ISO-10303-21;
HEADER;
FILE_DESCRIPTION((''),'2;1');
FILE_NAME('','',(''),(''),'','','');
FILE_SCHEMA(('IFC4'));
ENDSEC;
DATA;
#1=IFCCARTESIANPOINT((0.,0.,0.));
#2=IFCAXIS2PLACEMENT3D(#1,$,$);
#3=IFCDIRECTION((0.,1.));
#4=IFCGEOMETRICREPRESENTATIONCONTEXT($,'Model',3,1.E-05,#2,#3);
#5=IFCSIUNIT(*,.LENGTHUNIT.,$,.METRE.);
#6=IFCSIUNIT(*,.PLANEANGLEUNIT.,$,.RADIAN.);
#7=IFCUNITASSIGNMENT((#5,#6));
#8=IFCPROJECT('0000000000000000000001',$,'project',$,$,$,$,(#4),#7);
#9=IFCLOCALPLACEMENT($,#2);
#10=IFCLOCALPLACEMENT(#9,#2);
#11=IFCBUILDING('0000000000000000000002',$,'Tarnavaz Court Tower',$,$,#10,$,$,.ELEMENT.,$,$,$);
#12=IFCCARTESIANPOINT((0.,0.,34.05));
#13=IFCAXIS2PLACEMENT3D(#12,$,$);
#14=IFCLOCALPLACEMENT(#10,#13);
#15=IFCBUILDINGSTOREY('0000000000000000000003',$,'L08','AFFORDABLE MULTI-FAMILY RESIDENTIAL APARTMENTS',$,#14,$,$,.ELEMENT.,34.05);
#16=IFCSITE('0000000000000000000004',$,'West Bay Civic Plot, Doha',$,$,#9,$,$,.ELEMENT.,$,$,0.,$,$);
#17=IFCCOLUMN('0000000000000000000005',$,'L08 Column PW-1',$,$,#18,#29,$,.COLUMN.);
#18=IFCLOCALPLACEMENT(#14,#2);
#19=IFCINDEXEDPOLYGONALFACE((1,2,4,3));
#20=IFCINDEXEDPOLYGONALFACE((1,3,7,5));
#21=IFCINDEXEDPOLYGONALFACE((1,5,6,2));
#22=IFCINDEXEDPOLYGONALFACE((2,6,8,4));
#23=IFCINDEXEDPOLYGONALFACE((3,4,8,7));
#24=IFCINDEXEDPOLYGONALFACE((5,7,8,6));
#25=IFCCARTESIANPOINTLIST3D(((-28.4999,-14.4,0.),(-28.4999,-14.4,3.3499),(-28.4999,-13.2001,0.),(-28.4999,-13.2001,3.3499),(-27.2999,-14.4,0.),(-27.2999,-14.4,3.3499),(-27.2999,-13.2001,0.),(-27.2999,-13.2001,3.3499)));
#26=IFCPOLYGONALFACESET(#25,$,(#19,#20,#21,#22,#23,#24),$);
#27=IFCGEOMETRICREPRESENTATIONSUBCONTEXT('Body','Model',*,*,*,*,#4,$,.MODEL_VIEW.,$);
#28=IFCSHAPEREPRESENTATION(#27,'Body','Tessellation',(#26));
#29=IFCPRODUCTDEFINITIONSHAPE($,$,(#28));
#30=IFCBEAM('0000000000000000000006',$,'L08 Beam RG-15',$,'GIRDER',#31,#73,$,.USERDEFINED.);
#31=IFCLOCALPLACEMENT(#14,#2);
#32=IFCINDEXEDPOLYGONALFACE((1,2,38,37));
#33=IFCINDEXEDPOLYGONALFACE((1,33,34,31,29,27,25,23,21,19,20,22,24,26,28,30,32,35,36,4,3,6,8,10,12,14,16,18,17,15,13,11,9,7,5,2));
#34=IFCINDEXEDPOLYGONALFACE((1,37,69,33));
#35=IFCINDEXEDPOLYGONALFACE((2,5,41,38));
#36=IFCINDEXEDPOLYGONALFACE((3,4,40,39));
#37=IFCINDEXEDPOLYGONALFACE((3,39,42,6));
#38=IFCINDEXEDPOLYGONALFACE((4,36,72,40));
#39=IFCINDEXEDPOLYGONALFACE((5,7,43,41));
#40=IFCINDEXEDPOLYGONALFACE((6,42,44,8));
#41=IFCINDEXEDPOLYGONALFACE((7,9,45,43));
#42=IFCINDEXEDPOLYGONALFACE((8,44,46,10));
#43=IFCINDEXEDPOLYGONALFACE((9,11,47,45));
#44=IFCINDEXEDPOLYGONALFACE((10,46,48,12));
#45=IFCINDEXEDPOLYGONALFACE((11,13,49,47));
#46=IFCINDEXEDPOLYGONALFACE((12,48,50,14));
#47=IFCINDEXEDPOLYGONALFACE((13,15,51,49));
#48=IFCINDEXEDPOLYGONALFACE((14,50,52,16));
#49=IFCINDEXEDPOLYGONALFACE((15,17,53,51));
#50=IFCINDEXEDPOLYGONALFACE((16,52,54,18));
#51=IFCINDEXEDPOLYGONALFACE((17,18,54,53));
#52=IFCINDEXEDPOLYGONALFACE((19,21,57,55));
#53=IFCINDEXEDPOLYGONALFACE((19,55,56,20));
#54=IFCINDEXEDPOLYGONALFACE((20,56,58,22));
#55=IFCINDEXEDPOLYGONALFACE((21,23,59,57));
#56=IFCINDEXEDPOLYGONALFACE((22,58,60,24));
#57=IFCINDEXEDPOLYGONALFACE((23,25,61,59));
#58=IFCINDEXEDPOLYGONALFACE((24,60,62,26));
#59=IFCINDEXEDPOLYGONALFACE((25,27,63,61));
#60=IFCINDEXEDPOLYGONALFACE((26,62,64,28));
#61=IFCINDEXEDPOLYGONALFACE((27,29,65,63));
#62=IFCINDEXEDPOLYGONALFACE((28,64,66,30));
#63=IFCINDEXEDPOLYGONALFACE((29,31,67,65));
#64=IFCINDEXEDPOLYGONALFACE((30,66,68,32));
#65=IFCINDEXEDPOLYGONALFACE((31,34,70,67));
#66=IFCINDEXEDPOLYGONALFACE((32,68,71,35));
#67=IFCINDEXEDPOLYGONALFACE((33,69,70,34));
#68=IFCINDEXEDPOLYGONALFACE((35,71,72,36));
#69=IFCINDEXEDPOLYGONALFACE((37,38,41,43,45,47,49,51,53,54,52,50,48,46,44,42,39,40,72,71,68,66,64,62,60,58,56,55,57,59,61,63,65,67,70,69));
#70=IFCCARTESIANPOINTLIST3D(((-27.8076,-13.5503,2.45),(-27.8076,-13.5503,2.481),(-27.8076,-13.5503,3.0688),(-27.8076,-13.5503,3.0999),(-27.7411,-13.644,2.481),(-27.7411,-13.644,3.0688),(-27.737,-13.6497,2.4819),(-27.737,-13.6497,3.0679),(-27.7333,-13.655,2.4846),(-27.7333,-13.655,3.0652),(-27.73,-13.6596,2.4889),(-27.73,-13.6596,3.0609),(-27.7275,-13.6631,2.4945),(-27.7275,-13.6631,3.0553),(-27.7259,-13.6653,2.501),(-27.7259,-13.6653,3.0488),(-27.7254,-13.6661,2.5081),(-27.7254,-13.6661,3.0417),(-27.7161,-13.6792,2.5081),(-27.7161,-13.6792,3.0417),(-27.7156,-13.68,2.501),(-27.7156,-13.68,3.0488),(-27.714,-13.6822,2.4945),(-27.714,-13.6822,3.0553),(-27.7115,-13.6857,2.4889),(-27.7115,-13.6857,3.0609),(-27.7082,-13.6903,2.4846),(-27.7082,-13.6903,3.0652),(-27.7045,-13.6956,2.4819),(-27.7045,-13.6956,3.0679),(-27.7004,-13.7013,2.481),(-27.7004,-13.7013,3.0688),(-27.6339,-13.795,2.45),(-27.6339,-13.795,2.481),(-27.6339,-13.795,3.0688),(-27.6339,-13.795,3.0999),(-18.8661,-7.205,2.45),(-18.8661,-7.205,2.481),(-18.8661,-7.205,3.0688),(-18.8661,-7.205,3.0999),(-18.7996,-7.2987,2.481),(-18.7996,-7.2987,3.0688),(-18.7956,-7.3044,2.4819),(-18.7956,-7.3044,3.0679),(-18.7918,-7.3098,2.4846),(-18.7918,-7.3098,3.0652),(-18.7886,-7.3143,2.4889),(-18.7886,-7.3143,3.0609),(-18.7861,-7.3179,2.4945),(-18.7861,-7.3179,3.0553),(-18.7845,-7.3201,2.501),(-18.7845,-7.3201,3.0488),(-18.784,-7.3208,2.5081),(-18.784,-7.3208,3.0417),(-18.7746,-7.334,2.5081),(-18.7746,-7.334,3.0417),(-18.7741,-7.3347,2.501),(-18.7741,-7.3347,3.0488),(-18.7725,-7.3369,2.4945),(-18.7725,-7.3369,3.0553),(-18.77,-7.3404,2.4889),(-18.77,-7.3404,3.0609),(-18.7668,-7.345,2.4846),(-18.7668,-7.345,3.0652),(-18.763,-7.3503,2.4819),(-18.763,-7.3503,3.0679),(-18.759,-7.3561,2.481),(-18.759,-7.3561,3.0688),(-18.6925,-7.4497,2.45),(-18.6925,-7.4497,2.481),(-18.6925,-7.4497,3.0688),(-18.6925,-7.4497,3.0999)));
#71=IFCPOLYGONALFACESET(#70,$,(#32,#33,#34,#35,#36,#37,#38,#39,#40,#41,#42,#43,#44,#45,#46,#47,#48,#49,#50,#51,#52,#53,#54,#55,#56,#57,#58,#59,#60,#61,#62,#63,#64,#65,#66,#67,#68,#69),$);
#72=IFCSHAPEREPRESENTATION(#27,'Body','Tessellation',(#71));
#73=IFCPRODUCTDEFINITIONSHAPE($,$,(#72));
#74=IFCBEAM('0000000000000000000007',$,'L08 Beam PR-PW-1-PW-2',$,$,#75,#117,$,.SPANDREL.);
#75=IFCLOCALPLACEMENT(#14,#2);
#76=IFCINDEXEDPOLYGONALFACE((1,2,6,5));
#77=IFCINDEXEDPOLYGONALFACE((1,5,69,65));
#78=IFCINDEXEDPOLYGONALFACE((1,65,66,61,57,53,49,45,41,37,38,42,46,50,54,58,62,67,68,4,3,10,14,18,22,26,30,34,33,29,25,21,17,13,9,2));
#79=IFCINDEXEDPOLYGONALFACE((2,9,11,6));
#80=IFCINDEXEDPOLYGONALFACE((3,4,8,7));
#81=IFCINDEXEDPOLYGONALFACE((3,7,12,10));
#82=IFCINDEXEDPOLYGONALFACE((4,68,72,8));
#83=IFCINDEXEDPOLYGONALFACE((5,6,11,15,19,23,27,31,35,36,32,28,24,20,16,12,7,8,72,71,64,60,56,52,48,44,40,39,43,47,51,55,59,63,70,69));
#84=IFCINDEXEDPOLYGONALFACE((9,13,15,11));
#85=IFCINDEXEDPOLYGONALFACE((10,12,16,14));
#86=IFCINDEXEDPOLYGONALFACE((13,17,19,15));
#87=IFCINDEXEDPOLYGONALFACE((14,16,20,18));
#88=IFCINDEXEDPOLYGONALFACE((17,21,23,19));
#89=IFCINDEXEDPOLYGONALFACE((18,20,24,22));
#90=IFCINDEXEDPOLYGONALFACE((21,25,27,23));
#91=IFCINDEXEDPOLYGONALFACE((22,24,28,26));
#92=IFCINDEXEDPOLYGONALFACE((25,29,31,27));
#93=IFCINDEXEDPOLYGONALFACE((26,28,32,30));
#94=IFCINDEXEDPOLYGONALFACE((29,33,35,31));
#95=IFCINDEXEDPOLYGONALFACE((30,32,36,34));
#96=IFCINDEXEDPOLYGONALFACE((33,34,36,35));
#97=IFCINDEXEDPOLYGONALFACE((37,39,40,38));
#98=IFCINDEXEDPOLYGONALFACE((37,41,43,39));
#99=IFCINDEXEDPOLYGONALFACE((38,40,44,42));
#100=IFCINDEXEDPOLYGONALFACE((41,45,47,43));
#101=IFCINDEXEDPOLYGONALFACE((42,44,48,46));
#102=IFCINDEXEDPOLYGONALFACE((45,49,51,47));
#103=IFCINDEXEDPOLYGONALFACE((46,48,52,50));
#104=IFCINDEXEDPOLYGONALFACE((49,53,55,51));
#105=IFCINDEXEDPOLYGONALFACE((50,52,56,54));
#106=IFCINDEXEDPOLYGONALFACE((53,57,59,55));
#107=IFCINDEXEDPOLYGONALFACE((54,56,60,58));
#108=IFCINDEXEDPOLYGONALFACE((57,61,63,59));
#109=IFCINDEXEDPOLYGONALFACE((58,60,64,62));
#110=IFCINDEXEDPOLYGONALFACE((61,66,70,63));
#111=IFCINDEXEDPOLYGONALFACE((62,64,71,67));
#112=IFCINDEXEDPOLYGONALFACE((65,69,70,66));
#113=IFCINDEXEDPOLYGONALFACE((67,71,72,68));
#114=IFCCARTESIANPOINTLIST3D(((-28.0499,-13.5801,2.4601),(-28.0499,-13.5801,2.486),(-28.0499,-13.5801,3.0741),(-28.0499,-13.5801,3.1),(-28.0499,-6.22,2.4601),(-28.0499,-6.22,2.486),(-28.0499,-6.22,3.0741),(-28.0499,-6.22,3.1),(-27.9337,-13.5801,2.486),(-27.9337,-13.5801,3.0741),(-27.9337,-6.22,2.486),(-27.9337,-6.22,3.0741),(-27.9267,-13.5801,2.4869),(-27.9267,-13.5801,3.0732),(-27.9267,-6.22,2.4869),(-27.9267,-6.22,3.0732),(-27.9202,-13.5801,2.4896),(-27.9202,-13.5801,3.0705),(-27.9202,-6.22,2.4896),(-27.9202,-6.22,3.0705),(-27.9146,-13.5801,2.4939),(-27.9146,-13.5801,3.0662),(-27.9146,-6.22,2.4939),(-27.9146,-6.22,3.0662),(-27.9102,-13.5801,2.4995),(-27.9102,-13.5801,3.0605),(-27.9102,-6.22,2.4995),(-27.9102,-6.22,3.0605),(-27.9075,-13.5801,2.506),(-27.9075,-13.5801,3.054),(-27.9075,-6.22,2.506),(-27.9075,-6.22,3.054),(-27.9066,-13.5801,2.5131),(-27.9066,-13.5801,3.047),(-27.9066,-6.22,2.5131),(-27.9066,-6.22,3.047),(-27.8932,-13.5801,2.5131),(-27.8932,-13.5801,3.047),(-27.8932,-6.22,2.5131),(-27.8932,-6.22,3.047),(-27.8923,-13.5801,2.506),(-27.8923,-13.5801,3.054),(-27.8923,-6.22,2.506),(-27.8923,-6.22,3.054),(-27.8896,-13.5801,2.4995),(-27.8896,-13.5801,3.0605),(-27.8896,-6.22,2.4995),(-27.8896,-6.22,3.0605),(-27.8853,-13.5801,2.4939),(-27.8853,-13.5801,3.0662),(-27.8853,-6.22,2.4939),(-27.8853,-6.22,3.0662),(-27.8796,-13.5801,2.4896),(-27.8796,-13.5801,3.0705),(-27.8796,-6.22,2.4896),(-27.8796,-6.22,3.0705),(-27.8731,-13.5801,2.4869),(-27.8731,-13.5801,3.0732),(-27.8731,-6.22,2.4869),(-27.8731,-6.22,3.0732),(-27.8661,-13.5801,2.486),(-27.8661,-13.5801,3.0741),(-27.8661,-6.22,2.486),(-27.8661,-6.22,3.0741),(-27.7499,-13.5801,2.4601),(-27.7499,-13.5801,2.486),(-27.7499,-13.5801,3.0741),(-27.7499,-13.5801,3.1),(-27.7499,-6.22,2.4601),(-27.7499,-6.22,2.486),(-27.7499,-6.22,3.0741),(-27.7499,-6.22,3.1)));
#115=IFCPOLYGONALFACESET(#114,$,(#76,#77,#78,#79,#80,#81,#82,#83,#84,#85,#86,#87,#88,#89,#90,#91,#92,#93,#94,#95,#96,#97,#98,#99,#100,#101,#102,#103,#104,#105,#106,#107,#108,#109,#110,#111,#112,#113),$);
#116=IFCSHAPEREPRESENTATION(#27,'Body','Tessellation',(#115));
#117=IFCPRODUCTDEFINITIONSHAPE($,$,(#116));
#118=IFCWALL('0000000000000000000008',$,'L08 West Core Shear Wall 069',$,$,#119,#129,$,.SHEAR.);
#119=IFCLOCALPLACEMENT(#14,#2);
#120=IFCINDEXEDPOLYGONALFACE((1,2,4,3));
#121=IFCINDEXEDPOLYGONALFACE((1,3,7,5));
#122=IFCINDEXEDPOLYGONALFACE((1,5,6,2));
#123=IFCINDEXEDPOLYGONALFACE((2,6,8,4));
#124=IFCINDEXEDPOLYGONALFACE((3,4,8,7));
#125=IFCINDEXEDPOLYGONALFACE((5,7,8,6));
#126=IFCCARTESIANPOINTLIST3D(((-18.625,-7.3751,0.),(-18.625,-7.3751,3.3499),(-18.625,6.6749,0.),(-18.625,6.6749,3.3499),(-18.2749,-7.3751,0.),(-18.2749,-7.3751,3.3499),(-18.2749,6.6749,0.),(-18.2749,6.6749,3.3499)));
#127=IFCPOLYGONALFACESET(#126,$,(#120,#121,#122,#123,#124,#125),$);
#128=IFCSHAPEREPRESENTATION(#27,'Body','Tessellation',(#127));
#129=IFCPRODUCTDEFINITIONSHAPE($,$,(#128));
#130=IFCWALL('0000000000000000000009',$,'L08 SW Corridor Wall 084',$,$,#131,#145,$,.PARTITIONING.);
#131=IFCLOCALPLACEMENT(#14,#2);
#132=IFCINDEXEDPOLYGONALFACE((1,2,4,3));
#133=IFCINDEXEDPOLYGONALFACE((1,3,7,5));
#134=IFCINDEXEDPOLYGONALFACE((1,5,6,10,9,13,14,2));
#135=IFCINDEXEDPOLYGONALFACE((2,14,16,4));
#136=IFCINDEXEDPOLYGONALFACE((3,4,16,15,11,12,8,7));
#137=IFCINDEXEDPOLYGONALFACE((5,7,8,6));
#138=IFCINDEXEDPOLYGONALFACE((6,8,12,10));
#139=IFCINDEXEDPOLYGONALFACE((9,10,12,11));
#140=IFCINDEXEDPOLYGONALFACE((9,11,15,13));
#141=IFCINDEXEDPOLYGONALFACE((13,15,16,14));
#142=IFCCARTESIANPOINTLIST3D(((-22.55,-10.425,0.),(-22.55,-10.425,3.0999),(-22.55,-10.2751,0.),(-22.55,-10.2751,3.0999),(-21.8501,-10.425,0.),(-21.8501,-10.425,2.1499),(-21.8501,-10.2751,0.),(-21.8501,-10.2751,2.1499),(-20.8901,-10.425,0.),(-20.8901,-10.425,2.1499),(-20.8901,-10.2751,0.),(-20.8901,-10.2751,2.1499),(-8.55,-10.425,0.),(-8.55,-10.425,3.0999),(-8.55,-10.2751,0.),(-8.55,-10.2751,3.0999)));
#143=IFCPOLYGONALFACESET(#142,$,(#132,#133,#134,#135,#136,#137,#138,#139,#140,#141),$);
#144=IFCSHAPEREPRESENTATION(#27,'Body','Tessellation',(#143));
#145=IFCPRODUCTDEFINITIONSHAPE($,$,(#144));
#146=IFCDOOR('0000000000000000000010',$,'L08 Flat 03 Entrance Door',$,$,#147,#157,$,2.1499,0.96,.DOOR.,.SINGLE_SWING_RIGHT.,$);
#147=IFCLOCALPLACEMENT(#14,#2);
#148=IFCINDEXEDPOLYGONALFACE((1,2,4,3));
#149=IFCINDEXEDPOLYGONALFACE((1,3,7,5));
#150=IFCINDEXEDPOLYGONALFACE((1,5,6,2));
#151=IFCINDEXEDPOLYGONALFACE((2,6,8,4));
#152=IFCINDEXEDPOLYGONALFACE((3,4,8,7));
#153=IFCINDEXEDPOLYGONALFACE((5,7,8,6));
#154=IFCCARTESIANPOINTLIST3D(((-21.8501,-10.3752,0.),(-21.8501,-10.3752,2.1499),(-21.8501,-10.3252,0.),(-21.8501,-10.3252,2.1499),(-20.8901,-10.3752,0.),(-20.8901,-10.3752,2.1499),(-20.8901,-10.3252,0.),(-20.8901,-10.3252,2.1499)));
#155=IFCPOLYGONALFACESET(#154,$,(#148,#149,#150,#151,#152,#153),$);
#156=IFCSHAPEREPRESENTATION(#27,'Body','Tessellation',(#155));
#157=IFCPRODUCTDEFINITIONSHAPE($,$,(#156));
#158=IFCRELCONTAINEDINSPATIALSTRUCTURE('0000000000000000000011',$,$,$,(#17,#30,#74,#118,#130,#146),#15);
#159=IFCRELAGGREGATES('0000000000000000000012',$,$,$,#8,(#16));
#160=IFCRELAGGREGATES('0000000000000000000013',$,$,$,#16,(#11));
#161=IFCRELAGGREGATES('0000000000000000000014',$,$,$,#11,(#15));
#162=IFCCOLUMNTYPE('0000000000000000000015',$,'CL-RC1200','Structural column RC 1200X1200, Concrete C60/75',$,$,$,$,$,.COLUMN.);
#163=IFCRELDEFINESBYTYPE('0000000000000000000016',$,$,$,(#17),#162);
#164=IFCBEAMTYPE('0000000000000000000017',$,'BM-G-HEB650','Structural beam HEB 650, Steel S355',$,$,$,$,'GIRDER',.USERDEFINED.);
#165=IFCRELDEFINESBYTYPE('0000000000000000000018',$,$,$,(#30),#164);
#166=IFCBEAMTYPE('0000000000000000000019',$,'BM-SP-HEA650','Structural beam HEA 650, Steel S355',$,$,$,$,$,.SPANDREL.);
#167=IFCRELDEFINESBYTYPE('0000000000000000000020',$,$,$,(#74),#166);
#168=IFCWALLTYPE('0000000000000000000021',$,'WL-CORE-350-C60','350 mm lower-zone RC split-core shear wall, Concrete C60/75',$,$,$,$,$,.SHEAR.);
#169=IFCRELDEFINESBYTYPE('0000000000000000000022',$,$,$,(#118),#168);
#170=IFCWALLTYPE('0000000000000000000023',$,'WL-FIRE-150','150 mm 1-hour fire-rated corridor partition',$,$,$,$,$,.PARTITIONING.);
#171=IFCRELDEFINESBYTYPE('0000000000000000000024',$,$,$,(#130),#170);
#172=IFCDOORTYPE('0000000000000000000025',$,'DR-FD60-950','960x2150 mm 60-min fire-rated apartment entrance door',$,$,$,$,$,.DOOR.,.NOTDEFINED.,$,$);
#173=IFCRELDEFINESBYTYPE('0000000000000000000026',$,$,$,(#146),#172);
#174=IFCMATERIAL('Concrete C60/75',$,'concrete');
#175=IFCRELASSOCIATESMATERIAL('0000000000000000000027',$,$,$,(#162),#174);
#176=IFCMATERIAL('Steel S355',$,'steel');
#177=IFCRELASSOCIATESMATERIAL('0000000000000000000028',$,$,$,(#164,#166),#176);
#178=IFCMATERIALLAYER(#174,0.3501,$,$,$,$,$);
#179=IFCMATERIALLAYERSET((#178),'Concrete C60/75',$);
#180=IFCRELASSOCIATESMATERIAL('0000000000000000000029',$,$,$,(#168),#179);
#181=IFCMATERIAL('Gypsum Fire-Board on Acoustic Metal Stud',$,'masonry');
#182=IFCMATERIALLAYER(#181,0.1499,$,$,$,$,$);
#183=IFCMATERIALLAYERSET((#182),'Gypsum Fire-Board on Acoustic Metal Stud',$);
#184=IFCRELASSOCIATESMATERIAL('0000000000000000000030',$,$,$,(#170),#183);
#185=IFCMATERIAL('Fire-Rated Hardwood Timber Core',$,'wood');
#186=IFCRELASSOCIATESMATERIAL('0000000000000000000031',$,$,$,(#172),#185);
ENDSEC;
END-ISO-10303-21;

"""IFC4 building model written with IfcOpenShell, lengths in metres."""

from ifc_helpers import new_model, si_unit, direction, frame, frame_2d, origin, origin_2d, place, context, subcontext, project, spatial, rectangle, i_section, extrude, material, layer, layer_set, material_profile, profile_set, type_object, element, fill, save


model = new_model("IFC4")

# Units and contexts
model_context = context("Model", 3, precision=1e-05, world=origin(), true_north=direction((0.0, 1.0)))
body_context = subcontext(model_context, "Body", "Model", "MODEL_VIEW")
ifc_project = project(units=[si_unit("LENGTHUNIT", "METRE"), si_unit("PLANEANGLEUNIT", "RADIAN")], contexts=[model_context])

# Site, building, storey
site_placement = place(None, origin())
site = spatial("IfcSite", under=ifc_project, at=site_placement, Name="West Bay Civic Plot, Doha", CompositionType="ELEMENT", RefElevation=0.0)
building_placement = place(site_placement, origin())
building = spatial("IfcBuilding", under=site, at=building_placement, Name="Tarnavaz Court Tower", CompositionType="ELEMENT")
storey_placement = place(building_placement, frame((0.0, 0.0, 34.05)))
storey = spatial("IfcBuildingStorey", under=building, at=storey_placement, Name="L08", Description="AFFORDABLE MULTI-FAMILY RESIDENTIAL APARTMENTS", CompositionType="ELEMENT", Elevation=34.05)

# Column
ifc_material_1 = material(Name="Concrete C60/75", Category="concrete")
ifc_material_profile_1 = material_profile(ifc_material_1, rectangle(XDim=1.2, YDim=1.2, at=origin_2d()), Name="RC 1200X1200")
ifc_profile_set_1 = profile_set([ifc_material_profile_1], Name="Concrete C60/75")
column_type = type_object("IfcColumnType", Name="CL-RC1200", Description="Structural column RC 1200X1200, Concrete C60/75", PredefinedType="COLUMN", material=ifc_profile_set_1)
column_placement = place(storey_placement, frame((-27.8999, -13.8, 0.0), z_axis=(0.0, 0.0, 1.0), x_axis=(1.0, 0.0, 0.0)))
element("IfcColumn", 1, at=column_placement, inside=storey, type_object=column_type, Name="L08 Column PW-1", PredefinedType="COLUMN", context=body_context, shape_type="SweptSolid", body=[
    extrude(rectangle(XDim=1.2, YDim=1.2, at=origin_2d()), origin(), (0.0, 0.0, 1.0), 3.3499),
])

# Beams
ifc_material_2 = material(Name="Steel S355", Category="steel")
ifc_material_profile_2 = material_profile(ifc_material_2, i_section(OverallWidth=0.3, OverallDepth=0.6499, WebThickness=0.0161, FlangeThickness=0.031, FilletRadius=0.0271, at=origin_2d()), Name="HEB 650")
ifc_profile_set_2 = profile_set([ifc_material_profile_2], Name="Steel S355")
beam_type_1 = type_object("IfcBeamType", Name="BM-G-HEB650", Description="Structural beam HEB 650, Steel S355", ElementType="GIRDER", PredefinedType="USERDEFINED", material=ifc_profile_set_2)
beam_1_placement = place(storey_placement, frame((-18.7793, -7.3274, 2.7749), z_axis=(-0.81552, -0.578729, 0.0), x_axis=(0.578729, -0.81552, 0.0)))
element("IfcBeam", 2, at=beam_1_placement, inside=storey, type_object=beam_type_1, Name="L08 Beam RG-15", ObjectType="GIRDER", PredefinedType="USERDEFINED", context=body_context, shape_type="SweptSolid", body=[
    extrude(i_section(OverallWidth=0.3, OverallDepth=0.6499, WebThickness=0.0161, FlangeThickness=0.031, FilletRadius=0.0271, at=origin_2d()), origin(), (0.0, 0.0, 1.0), 10.9641),
])
ifc_material_profile_3 = material_profile(ifc_material_2, i_section(OverallWidth=0.3, OverallDepth=0.6399, WebThickness=0.0134, FlangeThickness=0.0259, FilletRadius=0.0271, at=origin_2d()), Name="HEA 650")
ifc_profile_set_3 = profile_set([ifc_material_profile_3], Name="Steel S355")
beam_type_2 = type_object("IfcBeamType", Name="BM-SP-HEA650", Description="Structural beam HEA 650, Steel S355", PredefinedType="SPANDREL", material=ifc_profile_set_3)
beam_2_placement = place(storey_placement, frame((-27.8999, -13.5801, 2.78), z_axis=(0.0, 1.0, 0.0), x_axis=(-1.0, 0.0, 0.0)))
element("IfcBeam", 3, at=beam_2_placement, inside=storey, type_object=beam_type_2, Name="L08 Beam PR-PW-1-PW-2", PredefinedType="SPANDREL", context=body_context, shape_type="SweptSolid", body=[
    extrude(i_section(OverallWidth=0.3, OverallDepth=0.6399, WebThickness=0.0134, FlangeThickness=0.0259, FilletRadius=0.0271, at=origin_2d()), origin(), (0.0, 0.0, 1.0), 7.3601),
])

# Wall
ifc_layer_1 = layer(ifc_material_1, 0.3501)
ifc_layer_set_1 = layer_set([ifc_layer_1], Name="Concrete C60/75")
wall_type_1 = type_object("IfcWallType", Name="WL-CORE-350-C60", Description="350 mm lower-zone RC split-core shear wall, Concrete C60/75", PredefinedType="SHEAR", material=ifc_layer_set_1)
wall_1_placement = place(storey_placement, frame((-18.45, -7.375, 0.0), z_axis=(0.0, 0.0, 1.0), x_axis=(0.0, 1.0, 0.0)))
element("IfcWall", 4, at=wall_1_placement, inside=storey, type_object=wall_type_1, Name="L08 West Core Shear Wall 069", PredefinedType="SHEAR", context=body_context, shape_type="SweptSolid", body=[
    extrude(rectangle(XDim=14.05, YDim=0.3501, at=frame_2d((7.0249, 0.0))), origin(), (0.0, 0.0, 1.0), 3.3499),
])

# Wall, opening, door
ifc_material_3 = material(Name="Gypsum Fire-Board on Acoustic Metal Stud", Category="masonry")
ifc_layer_2 = layer(ifc_material_3, 0.1499)
ifc_layer_set_2 = layer_set([ifc_layer_2], Name="Gypsum Fire-Board on Acoustic Metal Stud")
wall_type_2 = type_object("IfcWallType", Name="WL-FIRE-150", Description="150 mm 1-hour fire-rated corridor partition", PredefinedType="PARTITIONING", material=ifc_layer_set_2)
wall_2_placement = place(storey_placement, frame((-22.55, -10.3501, 0.0), z_axis=(0.0, 0.0, 1.0), x_axis=(1.0, 0.0, 0.0)))
wall_2 = element("IfcWall", 5, at=wall_2_placement, inside=storey, type_object=wall_type_2, Name="L08 SW Corridor Wall 084", PredefinedType="PARTITIONING", context=body_context, shape_type="SweptSolid", body=[
    extrude(rectangle(XDim=14.0, YDim=0.1499, at=frame_2d((7.0, 0.0))), origin(), (0.0, 0.0, 1.0), 3.0999),
])
opening_1_placement = place(wall_2_placement, frame((0.7, 0.0, 0.0)))
opening_1 = element("IfcOpeningElement", 6, at=opening_1_placement, cuts=wall_2, PredefinedType="OPENING", context=body_context, shape_type="SweptSolid", body=[
    extrude(rectangle(XDim=0.96, YDim=2.1499, at=frame_2d((0.48, 1.075))), frame((0.0, 0.085, 0.0), z_axis=(0.0, -1.0, 0.0), x_axis=(1.0, 0.0, 0.0)), (0.0, 0.0, 1.0), 0.1699),
])
ifc_material_4 = material(Name="Fire-Rated Hardwood Timber Core", Category="wood")
door_type_1 = type_object("IfcDoorType", Name="DR-FD60-950", Description="960x2150 mm 60-min fire-rated apartment entrance door", OperationType="NOTDEFINED", PredefinedType="DOOR", material=ifc_material_4)
door_1_placement = place(opening_1_placement, origin())
door_1 = element("IfcDoor", 7, at=door_1_placement, inside=storey, type_object=door_type_1, Name="L08 Flat 03 Entrance Door", OperationType="SINGLE_SWING_RIGHT", OverallHeight=2.1499, OverallWidth=0.96, PredefinedType="DOOR", context=body_context, shape_type="SweptSolid", body=[
    extrude(rectangle(XDim=0.96, YDim=2.1499, at=frame_2d((0.48, 1.075))), frame((0.0, 0.0249, 0.0), z_axis=(0.0, -1.0, 0.0), x_axis=(1.0, 0.0, 0.0)), (0.0, 0.0, 1.0), 0.05),
])
fill(opening_1, door_1)

save(model, "model.ifc")
